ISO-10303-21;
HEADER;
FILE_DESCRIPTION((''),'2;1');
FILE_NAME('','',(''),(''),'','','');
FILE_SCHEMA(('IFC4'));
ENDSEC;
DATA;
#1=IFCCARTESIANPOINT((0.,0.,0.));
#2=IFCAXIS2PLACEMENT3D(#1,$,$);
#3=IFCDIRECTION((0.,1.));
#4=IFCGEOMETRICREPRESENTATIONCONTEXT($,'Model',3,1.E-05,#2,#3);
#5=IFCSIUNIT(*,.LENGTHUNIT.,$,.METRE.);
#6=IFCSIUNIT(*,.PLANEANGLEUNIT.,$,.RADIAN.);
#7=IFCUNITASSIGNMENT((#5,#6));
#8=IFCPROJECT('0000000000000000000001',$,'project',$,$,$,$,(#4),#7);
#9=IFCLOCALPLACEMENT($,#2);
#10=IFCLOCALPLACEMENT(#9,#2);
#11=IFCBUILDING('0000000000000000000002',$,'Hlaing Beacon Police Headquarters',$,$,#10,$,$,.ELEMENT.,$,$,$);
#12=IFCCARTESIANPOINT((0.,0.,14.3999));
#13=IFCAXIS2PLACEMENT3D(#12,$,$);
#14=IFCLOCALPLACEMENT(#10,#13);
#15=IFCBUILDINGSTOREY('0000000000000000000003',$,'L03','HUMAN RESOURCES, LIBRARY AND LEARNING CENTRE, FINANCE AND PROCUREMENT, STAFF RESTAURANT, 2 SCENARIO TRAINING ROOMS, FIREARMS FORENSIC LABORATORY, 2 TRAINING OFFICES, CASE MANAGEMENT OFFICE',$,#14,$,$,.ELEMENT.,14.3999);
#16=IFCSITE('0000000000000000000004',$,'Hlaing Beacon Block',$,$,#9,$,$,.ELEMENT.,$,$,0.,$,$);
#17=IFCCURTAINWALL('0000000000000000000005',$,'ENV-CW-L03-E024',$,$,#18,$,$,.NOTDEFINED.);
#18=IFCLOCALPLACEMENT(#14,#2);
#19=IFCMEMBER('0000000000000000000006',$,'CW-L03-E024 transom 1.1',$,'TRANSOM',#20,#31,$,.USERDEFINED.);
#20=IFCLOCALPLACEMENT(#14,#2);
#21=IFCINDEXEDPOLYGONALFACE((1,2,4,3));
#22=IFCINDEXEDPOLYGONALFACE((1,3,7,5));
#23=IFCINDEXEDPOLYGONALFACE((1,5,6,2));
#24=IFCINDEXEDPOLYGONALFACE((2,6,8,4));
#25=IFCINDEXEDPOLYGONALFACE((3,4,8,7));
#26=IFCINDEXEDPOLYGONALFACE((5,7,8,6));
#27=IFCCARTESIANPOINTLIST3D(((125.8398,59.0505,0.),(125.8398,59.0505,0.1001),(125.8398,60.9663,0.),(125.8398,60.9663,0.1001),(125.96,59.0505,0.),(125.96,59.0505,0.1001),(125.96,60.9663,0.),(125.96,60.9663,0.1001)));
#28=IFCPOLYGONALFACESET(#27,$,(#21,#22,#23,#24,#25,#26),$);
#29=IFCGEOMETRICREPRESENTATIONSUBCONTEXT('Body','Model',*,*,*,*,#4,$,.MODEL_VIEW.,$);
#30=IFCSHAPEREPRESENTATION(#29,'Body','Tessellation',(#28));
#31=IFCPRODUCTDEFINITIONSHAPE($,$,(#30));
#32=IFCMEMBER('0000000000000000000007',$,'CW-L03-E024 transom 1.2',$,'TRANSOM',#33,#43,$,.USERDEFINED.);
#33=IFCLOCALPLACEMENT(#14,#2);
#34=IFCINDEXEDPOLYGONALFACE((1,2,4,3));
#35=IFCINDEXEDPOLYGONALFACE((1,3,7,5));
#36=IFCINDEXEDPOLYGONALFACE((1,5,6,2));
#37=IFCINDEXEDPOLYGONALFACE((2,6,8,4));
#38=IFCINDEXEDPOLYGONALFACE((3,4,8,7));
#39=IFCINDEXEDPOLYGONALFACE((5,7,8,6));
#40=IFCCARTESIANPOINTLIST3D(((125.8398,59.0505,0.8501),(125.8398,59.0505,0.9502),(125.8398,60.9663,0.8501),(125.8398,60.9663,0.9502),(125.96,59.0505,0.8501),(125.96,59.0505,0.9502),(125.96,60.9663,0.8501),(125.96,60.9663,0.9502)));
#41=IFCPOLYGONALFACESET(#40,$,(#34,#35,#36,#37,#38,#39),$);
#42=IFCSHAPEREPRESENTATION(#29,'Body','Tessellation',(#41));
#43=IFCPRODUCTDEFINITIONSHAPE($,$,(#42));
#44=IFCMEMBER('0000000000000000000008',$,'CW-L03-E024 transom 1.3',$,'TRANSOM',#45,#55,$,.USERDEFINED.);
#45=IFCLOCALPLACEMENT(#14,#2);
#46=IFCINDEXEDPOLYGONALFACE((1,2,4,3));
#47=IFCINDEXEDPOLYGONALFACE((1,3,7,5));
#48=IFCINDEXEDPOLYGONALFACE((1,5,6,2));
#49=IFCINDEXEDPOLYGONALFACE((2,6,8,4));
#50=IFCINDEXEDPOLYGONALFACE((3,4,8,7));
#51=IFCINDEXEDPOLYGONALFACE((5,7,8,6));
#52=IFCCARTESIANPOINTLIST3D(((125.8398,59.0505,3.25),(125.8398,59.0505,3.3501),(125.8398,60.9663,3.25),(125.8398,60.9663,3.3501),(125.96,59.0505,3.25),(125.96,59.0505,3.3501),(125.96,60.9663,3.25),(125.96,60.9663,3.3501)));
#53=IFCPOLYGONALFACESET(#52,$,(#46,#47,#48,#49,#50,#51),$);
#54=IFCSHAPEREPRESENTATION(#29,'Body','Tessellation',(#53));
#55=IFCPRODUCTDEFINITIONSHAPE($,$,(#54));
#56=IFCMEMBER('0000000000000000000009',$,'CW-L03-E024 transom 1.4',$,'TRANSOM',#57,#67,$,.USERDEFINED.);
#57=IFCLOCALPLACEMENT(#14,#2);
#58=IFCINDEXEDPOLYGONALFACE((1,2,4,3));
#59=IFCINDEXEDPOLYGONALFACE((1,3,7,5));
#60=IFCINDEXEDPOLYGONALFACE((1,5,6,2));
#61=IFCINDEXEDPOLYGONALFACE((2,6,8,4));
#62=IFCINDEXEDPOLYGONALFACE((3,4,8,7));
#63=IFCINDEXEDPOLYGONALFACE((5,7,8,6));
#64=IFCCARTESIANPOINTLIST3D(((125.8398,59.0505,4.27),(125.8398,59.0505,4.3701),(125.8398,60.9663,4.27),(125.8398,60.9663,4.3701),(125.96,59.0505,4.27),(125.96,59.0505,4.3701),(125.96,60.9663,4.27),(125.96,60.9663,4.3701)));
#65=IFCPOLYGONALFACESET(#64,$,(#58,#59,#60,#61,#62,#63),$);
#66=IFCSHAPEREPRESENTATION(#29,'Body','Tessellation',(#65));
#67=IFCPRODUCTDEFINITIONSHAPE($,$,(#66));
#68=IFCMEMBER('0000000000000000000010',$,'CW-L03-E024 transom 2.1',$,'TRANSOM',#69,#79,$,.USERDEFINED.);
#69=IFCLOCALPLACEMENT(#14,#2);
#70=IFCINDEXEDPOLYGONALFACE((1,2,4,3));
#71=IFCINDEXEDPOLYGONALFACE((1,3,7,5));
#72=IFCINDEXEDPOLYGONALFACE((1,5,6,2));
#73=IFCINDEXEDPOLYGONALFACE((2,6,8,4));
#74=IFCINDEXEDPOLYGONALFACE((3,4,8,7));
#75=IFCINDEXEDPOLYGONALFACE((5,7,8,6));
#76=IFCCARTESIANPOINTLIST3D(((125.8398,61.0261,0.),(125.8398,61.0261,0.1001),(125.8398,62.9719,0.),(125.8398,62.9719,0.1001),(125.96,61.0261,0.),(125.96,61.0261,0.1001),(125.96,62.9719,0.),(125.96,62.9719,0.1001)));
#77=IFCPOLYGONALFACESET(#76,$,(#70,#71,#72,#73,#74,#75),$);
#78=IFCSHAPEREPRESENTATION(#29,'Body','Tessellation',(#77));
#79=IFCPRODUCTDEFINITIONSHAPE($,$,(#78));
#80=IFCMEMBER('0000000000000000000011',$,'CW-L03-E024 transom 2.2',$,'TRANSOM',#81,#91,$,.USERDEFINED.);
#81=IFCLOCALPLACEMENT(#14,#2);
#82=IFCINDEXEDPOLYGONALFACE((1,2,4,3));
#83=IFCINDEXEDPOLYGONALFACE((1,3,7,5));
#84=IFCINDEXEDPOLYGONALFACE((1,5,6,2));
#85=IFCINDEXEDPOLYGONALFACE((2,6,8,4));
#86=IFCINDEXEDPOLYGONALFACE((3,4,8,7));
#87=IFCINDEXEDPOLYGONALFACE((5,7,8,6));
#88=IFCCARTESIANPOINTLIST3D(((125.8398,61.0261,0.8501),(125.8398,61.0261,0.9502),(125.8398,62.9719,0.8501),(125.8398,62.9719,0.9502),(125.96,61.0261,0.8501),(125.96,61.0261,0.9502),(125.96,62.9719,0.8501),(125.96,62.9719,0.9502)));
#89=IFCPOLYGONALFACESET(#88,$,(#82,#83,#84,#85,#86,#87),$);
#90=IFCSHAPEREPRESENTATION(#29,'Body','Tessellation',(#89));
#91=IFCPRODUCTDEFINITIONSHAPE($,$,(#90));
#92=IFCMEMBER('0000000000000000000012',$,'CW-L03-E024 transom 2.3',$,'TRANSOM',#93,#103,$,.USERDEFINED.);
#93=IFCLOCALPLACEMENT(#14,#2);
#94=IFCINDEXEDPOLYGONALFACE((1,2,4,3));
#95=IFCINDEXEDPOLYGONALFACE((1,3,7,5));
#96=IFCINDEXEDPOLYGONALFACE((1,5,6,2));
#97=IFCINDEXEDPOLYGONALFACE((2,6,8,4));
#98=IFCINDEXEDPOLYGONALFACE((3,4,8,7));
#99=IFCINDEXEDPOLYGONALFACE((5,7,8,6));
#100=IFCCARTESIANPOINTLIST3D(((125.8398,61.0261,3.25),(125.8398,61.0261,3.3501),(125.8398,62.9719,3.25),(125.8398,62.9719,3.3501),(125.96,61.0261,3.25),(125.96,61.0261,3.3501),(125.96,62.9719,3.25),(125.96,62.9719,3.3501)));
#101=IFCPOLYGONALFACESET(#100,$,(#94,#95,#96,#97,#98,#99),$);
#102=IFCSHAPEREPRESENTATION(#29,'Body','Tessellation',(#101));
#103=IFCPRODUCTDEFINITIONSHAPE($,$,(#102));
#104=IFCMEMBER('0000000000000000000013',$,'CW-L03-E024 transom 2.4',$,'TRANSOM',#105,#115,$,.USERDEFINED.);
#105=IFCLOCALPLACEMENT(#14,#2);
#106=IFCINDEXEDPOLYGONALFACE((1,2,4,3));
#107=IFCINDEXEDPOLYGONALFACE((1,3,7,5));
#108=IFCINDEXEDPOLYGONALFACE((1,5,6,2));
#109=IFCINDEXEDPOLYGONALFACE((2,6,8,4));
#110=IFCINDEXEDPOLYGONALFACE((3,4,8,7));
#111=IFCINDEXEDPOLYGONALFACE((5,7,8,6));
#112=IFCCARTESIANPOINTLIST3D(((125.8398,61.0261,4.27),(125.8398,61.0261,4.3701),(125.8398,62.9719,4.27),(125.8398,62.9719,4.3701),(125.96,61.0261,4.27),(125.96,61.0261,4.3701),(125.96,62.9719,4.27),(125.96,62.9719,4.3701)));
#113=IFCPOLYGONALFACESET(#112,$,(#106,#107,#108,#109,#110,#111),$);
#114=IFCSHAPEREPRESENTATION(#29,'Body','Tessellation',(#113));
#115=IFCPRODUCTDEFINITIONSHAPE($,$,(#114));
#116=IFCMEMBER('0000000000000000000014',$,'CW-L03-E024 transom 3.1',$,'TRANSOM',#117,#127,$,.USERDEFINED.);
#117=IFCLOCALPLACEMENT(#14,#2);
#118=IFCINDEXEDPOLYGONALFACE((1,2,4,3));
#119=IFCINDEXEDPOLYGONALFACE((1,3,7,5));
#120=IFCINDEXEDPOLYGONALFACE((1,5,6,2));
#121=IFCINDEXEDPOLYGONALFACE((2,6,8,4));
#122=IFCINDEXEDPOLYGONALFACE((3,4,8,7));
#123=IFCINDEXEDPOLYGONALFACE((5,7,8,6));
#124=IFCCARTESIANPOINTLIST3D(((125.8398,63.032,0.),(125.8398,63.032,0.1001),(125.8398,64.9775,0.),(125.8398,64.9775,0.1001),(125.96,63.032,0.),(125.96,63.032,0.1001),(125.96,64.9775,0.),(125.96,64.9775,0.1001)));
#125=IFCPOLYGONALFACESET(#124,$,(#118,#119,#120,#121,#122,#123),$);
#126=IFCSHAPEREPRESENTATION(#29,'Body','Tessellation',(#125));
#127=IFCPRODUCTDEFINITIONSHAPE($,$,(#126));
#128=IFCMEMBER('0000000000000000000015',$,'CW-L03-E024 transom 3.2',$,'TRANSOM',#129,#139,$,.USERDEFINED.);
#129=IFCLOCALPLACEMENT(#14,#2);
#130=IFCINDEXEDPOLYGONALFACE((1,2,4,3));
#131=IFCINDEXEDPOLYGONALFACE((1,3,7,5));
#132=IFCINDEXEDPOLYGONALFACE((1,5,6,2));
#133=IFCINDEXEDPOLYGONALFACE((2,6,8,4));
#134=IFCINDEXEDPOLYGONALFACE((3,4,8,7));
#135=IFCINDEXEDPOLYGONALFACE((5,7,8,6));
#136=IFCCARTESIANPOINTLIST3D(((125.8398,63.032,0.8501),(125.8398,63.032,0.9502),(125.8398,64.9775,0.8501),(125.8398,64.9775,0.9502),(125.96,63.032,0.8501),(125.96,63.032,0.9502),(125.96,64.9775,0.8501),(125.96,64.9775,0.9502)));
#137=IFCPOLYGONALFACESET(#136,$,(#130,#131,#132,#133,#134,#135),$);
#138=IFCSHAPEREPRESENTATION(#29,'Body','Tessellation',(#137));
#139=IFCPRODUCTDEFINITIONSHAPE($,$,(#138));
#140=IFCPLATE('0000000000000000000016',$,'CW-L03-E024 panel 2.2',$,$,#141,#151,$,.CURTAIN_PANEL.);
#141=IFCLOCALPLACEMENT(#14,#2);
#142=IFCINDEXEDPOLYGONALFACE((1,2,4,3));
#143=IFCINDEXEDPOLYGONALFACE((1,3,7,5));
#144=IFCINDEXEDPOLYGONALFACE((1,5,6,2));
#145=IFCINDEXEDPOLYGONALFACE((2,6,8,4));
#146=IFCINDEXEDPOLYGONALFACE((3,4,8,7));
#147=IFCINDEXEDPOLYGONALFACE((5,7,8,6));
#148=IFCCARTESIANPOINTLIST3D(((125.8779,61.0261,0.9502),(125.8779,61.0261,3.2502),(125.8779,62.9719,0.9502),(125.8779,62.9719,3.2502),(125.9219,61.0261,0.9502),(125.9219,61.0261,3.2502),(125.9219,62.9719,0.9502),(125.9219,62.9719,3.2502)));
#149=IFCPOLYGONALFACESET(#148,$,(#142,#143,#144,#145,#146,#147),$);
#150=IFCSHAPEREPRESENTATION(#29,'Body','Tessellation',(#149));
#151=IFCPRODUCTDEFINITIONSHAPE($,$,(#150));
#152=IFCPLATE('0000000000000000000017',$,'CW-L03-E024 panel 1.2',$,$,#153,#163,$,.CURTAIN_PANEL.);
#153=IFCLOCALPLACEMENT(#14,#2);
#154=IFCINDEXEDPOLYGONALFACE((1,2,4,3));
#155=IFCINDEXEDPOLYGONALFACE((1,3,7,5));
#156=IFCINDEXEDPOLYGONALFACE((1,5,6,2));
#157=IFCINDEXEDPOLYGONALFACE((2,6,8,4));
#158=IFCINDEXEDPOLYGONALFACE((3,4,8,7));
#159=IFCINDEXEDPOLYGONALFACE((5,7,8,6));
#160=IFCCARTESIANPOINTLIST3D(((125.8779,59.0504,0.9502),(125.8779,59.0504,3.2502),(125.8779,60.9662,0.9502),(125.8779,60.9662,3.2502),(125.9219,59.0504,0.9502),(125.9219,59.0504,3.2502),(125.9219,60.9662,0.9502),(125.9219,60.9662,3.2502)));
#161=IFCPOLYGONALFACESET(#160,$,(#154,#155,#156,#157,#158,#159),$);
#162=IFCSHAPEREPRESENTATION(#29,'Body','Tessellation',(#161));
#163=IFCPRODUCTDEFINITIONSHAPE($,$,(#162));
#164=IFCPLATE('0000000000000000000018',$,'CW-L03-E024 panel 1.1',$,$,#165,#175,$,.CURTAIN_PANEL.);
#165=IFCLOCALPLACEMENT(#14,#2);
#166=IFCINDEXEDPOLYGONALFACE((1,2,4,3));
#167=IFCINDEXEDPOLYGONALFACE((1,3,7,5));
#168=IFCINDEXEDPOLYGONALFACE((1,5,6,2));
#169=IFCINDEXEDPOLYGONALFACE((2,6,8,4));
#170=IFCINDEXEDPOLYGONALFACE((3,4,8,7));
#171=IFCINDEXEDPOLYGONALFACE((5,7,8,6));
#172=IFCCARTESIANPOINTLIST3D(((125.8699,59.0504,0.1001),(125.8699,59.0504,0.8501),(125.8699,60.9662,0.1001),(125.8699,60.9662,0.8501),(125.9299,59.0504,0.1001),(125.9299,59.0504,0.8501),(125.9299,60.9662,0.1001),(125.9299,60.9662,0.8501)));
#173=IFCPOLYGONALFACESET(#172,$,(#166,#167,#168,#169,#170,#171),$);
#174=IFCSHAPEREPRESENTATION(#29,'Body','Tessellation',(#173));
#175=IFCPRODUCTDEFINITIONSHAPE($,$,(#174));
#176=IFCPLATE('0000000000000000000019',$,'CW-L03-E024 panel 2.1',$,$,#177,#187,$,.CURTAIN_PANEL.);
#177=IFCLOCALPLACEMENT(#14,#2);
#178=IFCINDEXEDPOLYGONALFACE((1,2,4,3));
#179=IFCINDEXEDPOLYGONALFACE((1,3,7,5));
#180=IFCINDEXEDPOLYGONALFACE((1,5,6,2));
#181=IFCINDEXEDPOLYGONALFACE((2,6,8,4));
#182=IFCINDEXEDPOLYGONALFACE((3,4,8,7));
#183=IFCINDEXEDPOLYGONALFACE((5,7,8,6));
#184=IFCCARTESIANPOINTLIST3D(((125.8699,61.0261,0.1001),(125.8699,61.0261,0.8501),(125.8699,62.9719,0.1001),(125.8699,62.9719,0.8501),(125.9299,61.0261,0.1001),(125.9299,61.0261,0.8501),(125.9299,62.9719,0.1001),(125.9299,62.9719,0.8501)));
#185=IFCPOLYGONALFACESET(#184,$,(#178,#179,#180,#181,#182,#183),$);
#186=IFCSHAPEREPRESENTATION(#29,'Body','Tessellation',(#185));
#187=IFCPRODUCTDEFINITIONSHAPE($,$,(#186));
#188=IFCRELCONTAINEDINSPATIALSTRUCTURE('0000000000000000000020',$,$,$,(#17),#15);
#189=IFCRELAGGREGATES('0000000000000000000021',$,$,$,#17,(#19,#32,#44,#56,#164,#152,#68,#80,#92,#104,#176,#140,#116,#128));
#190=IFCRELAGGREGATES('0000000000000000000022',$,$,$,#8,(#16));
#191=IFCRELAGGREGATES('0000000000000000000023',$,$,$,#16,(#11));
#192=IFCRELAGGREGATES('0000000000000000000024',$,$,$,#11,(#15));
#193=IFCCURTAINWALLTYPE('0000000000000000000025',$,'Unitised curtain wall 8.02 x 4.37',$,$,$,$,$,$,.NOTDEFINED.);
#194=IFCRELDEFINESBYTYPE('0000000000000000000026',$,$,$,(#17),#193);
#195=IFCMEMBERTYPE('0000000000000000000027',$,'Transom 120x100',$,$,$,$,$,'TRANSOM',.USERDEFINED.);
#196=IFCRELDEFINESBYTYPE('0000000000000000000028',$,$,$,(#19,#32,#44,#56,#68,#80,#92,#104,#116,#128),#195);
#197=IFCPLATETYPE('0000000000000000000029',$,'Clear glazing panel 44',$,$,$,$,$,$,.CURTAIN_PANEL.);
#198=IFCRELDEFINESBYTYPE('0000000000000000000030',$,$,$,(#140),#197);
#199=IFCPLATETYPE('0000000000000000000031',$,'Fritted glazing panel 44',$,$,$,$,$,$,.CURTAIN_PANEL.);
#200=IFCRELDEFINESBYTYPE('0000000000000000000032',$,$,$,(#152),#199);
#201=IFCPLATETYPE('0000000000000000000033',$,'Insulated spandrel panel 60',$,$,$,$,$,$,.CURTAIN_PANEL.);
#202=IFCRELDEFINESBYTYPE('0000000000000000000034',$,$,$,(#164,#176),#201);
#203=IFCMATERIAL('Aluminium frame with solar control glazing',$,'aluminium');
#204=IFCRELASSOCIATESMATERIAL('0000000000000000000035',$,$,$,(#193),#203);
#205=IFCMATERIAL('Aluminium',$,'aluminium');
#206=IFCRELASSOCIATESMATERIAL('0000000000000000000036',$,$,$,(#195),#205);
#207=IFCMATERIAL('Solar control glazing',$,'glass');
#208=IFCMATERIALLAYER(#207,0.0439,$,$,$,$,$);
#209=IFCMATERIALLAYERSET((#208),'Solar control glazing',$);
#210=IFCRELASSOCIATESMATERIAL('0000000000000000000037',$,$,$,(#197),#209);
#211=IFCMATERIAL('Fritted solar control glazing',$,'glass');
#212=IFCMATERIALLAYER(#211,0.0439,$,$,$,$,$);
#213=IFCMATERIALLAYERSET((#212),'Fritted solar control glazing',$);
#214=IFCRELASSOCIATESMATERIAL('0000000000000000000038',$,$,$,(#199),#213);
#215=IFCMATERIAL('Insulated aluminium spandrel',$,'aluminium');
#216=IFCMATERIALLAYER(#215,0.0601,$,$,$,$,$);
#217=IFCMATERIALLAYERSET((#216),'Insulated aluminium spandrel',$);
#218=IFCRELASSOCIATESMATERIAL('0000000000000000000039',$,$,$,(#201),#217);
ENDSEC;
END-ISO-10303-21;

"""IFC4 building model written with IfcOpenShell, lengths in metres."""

from ifc_helpers import new_model, si_unit, direction, frame, origin, origin_2d, place, context, subcontext, project, spatial, rectangle, extrude, material, layer, layer_set, material_profile, profile_set, type_object, element, aggregate, save


model = new_model("IFC4")

# Units and contexts
model_context = context("Model", 3, precision=1e-05, world=origin(), true_north=direction((0.0, 1.0)))
body_context = subcontext(model_context, "Body", "Model", "MODEL_VIEW")
ifc_project = project(units=[si_unit("LENGTHUNIT", "METRE"), si_unit("PLANEANGLEUNIT", "RADIAN")], contexts=[model_context])

# Site, building, storey
site_placement = place(None, origin())
site = spatial("IfcSite", under=ifc_project, at=site_placement, Name="Hlaing Beacon Block", CompositionType="ELEMENT", RefElevation=0.0)
building_placement = place(site_placement, origin())
building = spatial("IfcBuilding", under=site, at=building_placement, Name="Hlaing Beacon Police Headquarters", CompositionType="ELEMENT")
storey_placement = place(building_placement, frame((0.0, 0.0, 14.3999)))
storey = spatial("IfcBuildingStorey", under=building, at=storey_placement, Name="L03", Description="HUMAN RESOURCES, LIBRARY AND LEARNING CENTRE, FINANCE AND PROCUREMENT, STAFF RESTAURANT, 2 SCENARIO TRAINING ROOMS, FIREARMS FORENSIC LABORATORY, 2 TRAINING OFFICES, CASE MANAGEMENT OFFICE", CompositionType="ELEMENT", Elevation=14.3999)

# Curtain wall
ifc_material_1 = material(Name="Aluminium frame with solar control glazing", Category="aluminium")
curtain_wall_type = type_object("IfcCurtainWallType", Name="Unitised curtain wall 8.02 x 4.37", PredefinedType="NOTDEFINED", material=ifc_material_1)
curtain_wall_placement = place(storey_placement, origin())
curtain_wall = element("IfcCurtainWall", 1, at=curtain_wall_placement, inside=storey, type_object=curtain_wall_type, Name="ENV-CW-L03-E024", PredefinedType="NOTDEFINED")

# Members
ifc_material_2 = material(Name="Aluminium", Category="aluminium")
ifc_material_profile_1 = material_profile(ifc_material_2, rectangle(XDim=0.1201, YDim=0.1001, at=origin_2d()), Name="Transom 120x100")
ifc_profile_set_1 = profile_set([ifc_material_profile_1], Name="Aluminium")
member_type_1 = type_object("IfcMemberType", Name="Transom 120x100", ElementType="TRANSOM", PredefinedType="USERDEFINED", material=ifc_profile_set_1)
member_1_placement = place(storey_placement, frame((125.8999, 59.0505, 0.05), z_axis=(0.0, 1.0, 0.0), x_axis=(-1.0, 0.0, 0.0)))
member_1 = element("IfcMember", 2, at=member_1_placement, type_object=member_type_1, Name="CW-L03-E024 transom 1.1", ObjectType="TRANSOM", PredefinedType="USERDEFINED", context=body_context, shape_type="SweptSolid", body=[
    extrude(rectangle(XDim=0.1201, YDim=0.1001, at=origin_2d()), origin(), (0.0, 0.0, 1.0), 1.9158),
])
member_2_placement = place(storey_placement, frame((125.8999, 59.0505, 0.9001), z_axis=(0.0, 1.0, 0.0), x_axis=(-1.0, 0.0, 0.0)))
member_2 = element("IfcMember", 3, at=member_2_placement, type_object=member_type_1, Name="CW-L03-E024 transom 1.2", ObjectType="TRANSOM", PredefinedType="USERDEFINED", context=body_context, shape_type="SweptSolid", body=[
    extrude(rectangle(XDim=0.1201, YDim=0.1001, at=origin_2d()), origin(), (0.0, 0.0, 1.0), 1.9158),
])
member_3_placement = place(storey_placement, frame((125.8999, 59.0505, 3.3), z_axis=(0.0, 1.0, 0.0), x_axis=(-1.0, 0.0, 0.0)))
member_3 = element("IfcMember", 4, at=member_3_placement, type_object=member_type_1, Name="CW-L03-E024 transom 1.3", ObjectType="TRANSOM", PredefinedType="USERDEFINED", context=body_context, shape_type="SweptSolid", body=[
    extrude(rectangle(XDim=0.1201, YDim=0.1001, at=origin_2d()), origin(), (0.0, 0.0, 1.0), 1.9158),
])
member_4_placement = place(storey_placement, frame((125.8999, 59.0505, 4.3201), z_axis=(0.0, 1.0, 0.0), x_axis=(-1.0, 0.0, 0.0)))
member_4 = element("IfcMember", 5, at=member_4_placement, type_object=member_type_1, Name="CW-L03-E024 transom 1.4", ObjectType="TRANSOM", PredefinedType="USERDEFINED", context=body_context, shape_type="SweptSolid", body=[
    extrude(rectangle(XDim=0.1201, YDim=0.1001, at=origin_2d()), origin(), (0.0, 0.0, 1.0), 1.9158),
])
member_5_placement = place(storey_placement, frame((125.8999, 61.0261, 0.05), z_axis=(0.0, 1.0, 0.0), x_axis=(-1.0, 0.0, 0.0)))
member_5 = element("IfcMember", 6, at=member_5_placement, type_object=member_type_1, Name="CW-L03-E024 transom 2.1", ObjectType="TRANSOM", PredefinedType="USERDEFINED", context=body_context, shape_type="SweptSolid", body=[
    extrude(rectangle(XDim=0.1201, YDim=0.1001, at=origin_2d()), origin(), (0.0, 0.0, 1.0), 1.9458),
])
member_6_placement = place(storey_placement, frame((125.8999, 61.0261, 0.9001), z_axis=(0.0, 1.0, 0.0), x_axis=(-1.0, 0.0, 0.0)))
member_6 = element("IfcMember", 7, at=member_6_placement, type_object=member_type_1, Name="CW-L03-E024 transom 2.2", ObjectType="TRANSOM", PredefinedType="USERDEFINED", context=body_context, shape_type="SweptSolid", body=[
    extrude(rectangle(XDim=0.1201, YDim=0.1001, at=origin_2d()), origin(), (0.0, 0.0, 1.0), 1.9458),
])
member_7_placement = place(storey_placement, frame((125.8999, 61.0261, 3.3), z_axis=(0.0, 1.0, 0.0), x_axis=(-1.0, 0.0, 0.0)))
member_7 = element("IfcMember", 8, at=member_7_placement, type_object=member_type_1, Name="CW-L03-E024 transom 2.3", ObjectType="TRANSOM", PredefinedType="USERDEFINED", context=body_context, shape_type="SweptSolid", body=[
    extrude(rectangle(XDim=0.1201, YDim=0.1001, at=origin_2d()), origin(), (0.0, 0.0, 1.0), 1.9458),
])
member_8_placement = place(storey_placement, frame((125.8999, 61.0261, 4.3201), z_axis=(0.0, 1.0, 0.0), x_axis=(-1.0, 0.0, 0.0)))
member_8 = element("IfcMember", 9, at=member_8_placement, type_object=member_type_1, Name="CW-L03-E024 transom 2.4", ObjectType="TRANSOM", PredefinedType="USERDEFINED", context=body_context, shape_type="SweptSolid", body=[
    extrude(rectangle(XDim=0.1201, YDim=0.1001, at=origin_2d()), origin(), (0.0, 0.0, 1.0), 1.9458),
])
member_9_placement = place(storey_placement, frame((125.8999, 63.032, 0.05), z_axis=(0.0, 1.0, 0.0), x_axis=(-1.0, 0.0, 0.0)))
member_9 = element("IfcMember", 10, at=member_9_placement, type_object=member_type_1, Name="CW-L03-E024 transom 3.1", ObjectType="TRANSOM", PredefinedType="USERDEFINED", context=body_context, shape_type="SweptSolid", body=[
    extrude(rectangle(XDim=0.1201, YDim=0.1001, at=origin_2d()), origin(), (0.0, 0.0, 1.0), 1.9456),
])
member_10_placement = place(storey_placement, frame((125.8999, 63.032, 0.9001), z_axis=(0.0, 1.0, 0.0), x_axis=(-1.0, 0.0, 0.0)))
member_10 = element("IfcMember", 11, at=member_10_placement, type_object=member_type_1, Name="CW-L03-E024 transom 3.2", ObjectType="TRANSOM", PredefinedType="USERDEFINED", context=body_context, shape_type="SweptSolid", body=[
    extrude(rectangle(XDim=0.1201, YDim=0.1001, at=origin_2d()), origin(), (0.0, 0.0, 1.0), 1.9456),
])

# Plates
ifc_material_3 = material(Name="Solar control glazing", Category="glass")
ifc_layer_1 = layer(ifc_material_3, 0.0439)
ifc_layer_set_1 = layer_set([ifc_layer_1], Name="Solar control glazing")
plate_type_1 = type_object("IfcPlateType", Name="Clear glazing panel 44", PredefinedType="CURTAIN_PANEL", material=ifc_layer_set_1)
plate_1_placement = place(storey_placement, frame((125.8999, 61.999, 0.9502), z_axis=(0.0, 0.0, 1.0), x_axis=(0.0, 1.0, 0.0)))
plate_1 = element("IfcPlate", 12, at=plate_1_placement, type_object=plate_type_1, Name="CW-L03-E024 panel 2.2", PredefinedType="CURTAIN_PANEL", context=body_context, shape_type="SweptSolid", body=[
    extrude(rectangle(XDim=1.9458, YDim=0.0439, at=origin_2d()), origin(), (0.0, 0.0, 1.0), 2.3),
])
ifc_material_4 = material(Name="Fritted solar control glazing", Category="glass")
ifc_layer_2 = layer(ifc_material_4, 0.0439)
ifc_layer_set_2 = layer_set([ifc_layer_2], Name="Fritted solar control glazing")
plate_type_2 = type_object("IfcPlateType", Name="Fritted glazing panel 44", PredefinedType="CURTAIN_PANEL", material=ifc_layer_set_2)
plate_2_placement = place(storey_placement, frame((125.8999, 60.0083, 0.9502), z_axis=(0.0, 0.0, 1.0), x_axis=(0.0, 1.0, 0.0)))
plate_2 = element("IfcPlate", 13, at=plate_2_placement, type_object=plate_type_2, Name="CW-L03-E024 panel 1.2", PredefinedType="CURTAIN_PANEL", context=body_context, shape_type="SweptSolid", body=[
    extrude(rectangle(XDim=1.9158, YDim=0.0439, at=origin_2d()), origin(), (0.0, 0.0, 1.0), 2.3),
])
ifc_material_5 = material(Name="Insulated aluminium spandrel", Category="aluminium")
ifc_layer_3 = layer(ifc_material_5, 0.0601)
ifc_layer_set_3 = layer_set([ifc_layer_3], Name="Insulated aluminium spandrel")
plate_type_3 = type_object("IfcPlateType", Name="Insulated spandrel panel 60", PredefinedType="CURTAIN_PANEL", material=ifc_layer_set_3)
plate_3_placement = place(storey_placement, frame((125.8999, 60.0083, 0.1001), z_axis=(0.0, 0.0, 1.0), x_axis=(0.0, 1.0, 0.0)))
plate_3 = element("IfcPlate", 14, at=plate_3_placement, type_object=plate_type_3, Name="CW-L03-E024 panel 1.1", PredefinedType="CURTAIN_PANEL", context=body_context, shape_type="SweptSolid", body=[
    extrude(rectangle(XDim=1.9158, YDim=0.0601, at=origin_2d()), origin(), (0.0, 0.0, 1.0), 0.75),
])
plate_4_placement = place(storey_placement, frame((125.8999, 61.999, 0.1001), z_axis=(0.0, 0.0, 1.0), x_axis=(0.0, 1.0, 0.0)))
plate_4 = element("IfcPlate", 15, at=plate_4_placement, type_object=plate_type_3, Name="CW-L03-E024 panel 2.1", PredefinedType="CURTAIN_PANEL", context=body_context, shape_type="SweptSolid", body=[
    extrude(rectangle(XDim=1.9458, YDim=0.0601, at=origin_2d()), origin(), (0.0, 0.0, 1.0), 0.75),
])
aggregate(curtain_wall, [member_1, member_2, member_3, member_4, plate_3, plate_2, member_5, member_6, member_7, member_8, plate_4, plate_1, member_9, member_10])

save(model, "model.ifc")
